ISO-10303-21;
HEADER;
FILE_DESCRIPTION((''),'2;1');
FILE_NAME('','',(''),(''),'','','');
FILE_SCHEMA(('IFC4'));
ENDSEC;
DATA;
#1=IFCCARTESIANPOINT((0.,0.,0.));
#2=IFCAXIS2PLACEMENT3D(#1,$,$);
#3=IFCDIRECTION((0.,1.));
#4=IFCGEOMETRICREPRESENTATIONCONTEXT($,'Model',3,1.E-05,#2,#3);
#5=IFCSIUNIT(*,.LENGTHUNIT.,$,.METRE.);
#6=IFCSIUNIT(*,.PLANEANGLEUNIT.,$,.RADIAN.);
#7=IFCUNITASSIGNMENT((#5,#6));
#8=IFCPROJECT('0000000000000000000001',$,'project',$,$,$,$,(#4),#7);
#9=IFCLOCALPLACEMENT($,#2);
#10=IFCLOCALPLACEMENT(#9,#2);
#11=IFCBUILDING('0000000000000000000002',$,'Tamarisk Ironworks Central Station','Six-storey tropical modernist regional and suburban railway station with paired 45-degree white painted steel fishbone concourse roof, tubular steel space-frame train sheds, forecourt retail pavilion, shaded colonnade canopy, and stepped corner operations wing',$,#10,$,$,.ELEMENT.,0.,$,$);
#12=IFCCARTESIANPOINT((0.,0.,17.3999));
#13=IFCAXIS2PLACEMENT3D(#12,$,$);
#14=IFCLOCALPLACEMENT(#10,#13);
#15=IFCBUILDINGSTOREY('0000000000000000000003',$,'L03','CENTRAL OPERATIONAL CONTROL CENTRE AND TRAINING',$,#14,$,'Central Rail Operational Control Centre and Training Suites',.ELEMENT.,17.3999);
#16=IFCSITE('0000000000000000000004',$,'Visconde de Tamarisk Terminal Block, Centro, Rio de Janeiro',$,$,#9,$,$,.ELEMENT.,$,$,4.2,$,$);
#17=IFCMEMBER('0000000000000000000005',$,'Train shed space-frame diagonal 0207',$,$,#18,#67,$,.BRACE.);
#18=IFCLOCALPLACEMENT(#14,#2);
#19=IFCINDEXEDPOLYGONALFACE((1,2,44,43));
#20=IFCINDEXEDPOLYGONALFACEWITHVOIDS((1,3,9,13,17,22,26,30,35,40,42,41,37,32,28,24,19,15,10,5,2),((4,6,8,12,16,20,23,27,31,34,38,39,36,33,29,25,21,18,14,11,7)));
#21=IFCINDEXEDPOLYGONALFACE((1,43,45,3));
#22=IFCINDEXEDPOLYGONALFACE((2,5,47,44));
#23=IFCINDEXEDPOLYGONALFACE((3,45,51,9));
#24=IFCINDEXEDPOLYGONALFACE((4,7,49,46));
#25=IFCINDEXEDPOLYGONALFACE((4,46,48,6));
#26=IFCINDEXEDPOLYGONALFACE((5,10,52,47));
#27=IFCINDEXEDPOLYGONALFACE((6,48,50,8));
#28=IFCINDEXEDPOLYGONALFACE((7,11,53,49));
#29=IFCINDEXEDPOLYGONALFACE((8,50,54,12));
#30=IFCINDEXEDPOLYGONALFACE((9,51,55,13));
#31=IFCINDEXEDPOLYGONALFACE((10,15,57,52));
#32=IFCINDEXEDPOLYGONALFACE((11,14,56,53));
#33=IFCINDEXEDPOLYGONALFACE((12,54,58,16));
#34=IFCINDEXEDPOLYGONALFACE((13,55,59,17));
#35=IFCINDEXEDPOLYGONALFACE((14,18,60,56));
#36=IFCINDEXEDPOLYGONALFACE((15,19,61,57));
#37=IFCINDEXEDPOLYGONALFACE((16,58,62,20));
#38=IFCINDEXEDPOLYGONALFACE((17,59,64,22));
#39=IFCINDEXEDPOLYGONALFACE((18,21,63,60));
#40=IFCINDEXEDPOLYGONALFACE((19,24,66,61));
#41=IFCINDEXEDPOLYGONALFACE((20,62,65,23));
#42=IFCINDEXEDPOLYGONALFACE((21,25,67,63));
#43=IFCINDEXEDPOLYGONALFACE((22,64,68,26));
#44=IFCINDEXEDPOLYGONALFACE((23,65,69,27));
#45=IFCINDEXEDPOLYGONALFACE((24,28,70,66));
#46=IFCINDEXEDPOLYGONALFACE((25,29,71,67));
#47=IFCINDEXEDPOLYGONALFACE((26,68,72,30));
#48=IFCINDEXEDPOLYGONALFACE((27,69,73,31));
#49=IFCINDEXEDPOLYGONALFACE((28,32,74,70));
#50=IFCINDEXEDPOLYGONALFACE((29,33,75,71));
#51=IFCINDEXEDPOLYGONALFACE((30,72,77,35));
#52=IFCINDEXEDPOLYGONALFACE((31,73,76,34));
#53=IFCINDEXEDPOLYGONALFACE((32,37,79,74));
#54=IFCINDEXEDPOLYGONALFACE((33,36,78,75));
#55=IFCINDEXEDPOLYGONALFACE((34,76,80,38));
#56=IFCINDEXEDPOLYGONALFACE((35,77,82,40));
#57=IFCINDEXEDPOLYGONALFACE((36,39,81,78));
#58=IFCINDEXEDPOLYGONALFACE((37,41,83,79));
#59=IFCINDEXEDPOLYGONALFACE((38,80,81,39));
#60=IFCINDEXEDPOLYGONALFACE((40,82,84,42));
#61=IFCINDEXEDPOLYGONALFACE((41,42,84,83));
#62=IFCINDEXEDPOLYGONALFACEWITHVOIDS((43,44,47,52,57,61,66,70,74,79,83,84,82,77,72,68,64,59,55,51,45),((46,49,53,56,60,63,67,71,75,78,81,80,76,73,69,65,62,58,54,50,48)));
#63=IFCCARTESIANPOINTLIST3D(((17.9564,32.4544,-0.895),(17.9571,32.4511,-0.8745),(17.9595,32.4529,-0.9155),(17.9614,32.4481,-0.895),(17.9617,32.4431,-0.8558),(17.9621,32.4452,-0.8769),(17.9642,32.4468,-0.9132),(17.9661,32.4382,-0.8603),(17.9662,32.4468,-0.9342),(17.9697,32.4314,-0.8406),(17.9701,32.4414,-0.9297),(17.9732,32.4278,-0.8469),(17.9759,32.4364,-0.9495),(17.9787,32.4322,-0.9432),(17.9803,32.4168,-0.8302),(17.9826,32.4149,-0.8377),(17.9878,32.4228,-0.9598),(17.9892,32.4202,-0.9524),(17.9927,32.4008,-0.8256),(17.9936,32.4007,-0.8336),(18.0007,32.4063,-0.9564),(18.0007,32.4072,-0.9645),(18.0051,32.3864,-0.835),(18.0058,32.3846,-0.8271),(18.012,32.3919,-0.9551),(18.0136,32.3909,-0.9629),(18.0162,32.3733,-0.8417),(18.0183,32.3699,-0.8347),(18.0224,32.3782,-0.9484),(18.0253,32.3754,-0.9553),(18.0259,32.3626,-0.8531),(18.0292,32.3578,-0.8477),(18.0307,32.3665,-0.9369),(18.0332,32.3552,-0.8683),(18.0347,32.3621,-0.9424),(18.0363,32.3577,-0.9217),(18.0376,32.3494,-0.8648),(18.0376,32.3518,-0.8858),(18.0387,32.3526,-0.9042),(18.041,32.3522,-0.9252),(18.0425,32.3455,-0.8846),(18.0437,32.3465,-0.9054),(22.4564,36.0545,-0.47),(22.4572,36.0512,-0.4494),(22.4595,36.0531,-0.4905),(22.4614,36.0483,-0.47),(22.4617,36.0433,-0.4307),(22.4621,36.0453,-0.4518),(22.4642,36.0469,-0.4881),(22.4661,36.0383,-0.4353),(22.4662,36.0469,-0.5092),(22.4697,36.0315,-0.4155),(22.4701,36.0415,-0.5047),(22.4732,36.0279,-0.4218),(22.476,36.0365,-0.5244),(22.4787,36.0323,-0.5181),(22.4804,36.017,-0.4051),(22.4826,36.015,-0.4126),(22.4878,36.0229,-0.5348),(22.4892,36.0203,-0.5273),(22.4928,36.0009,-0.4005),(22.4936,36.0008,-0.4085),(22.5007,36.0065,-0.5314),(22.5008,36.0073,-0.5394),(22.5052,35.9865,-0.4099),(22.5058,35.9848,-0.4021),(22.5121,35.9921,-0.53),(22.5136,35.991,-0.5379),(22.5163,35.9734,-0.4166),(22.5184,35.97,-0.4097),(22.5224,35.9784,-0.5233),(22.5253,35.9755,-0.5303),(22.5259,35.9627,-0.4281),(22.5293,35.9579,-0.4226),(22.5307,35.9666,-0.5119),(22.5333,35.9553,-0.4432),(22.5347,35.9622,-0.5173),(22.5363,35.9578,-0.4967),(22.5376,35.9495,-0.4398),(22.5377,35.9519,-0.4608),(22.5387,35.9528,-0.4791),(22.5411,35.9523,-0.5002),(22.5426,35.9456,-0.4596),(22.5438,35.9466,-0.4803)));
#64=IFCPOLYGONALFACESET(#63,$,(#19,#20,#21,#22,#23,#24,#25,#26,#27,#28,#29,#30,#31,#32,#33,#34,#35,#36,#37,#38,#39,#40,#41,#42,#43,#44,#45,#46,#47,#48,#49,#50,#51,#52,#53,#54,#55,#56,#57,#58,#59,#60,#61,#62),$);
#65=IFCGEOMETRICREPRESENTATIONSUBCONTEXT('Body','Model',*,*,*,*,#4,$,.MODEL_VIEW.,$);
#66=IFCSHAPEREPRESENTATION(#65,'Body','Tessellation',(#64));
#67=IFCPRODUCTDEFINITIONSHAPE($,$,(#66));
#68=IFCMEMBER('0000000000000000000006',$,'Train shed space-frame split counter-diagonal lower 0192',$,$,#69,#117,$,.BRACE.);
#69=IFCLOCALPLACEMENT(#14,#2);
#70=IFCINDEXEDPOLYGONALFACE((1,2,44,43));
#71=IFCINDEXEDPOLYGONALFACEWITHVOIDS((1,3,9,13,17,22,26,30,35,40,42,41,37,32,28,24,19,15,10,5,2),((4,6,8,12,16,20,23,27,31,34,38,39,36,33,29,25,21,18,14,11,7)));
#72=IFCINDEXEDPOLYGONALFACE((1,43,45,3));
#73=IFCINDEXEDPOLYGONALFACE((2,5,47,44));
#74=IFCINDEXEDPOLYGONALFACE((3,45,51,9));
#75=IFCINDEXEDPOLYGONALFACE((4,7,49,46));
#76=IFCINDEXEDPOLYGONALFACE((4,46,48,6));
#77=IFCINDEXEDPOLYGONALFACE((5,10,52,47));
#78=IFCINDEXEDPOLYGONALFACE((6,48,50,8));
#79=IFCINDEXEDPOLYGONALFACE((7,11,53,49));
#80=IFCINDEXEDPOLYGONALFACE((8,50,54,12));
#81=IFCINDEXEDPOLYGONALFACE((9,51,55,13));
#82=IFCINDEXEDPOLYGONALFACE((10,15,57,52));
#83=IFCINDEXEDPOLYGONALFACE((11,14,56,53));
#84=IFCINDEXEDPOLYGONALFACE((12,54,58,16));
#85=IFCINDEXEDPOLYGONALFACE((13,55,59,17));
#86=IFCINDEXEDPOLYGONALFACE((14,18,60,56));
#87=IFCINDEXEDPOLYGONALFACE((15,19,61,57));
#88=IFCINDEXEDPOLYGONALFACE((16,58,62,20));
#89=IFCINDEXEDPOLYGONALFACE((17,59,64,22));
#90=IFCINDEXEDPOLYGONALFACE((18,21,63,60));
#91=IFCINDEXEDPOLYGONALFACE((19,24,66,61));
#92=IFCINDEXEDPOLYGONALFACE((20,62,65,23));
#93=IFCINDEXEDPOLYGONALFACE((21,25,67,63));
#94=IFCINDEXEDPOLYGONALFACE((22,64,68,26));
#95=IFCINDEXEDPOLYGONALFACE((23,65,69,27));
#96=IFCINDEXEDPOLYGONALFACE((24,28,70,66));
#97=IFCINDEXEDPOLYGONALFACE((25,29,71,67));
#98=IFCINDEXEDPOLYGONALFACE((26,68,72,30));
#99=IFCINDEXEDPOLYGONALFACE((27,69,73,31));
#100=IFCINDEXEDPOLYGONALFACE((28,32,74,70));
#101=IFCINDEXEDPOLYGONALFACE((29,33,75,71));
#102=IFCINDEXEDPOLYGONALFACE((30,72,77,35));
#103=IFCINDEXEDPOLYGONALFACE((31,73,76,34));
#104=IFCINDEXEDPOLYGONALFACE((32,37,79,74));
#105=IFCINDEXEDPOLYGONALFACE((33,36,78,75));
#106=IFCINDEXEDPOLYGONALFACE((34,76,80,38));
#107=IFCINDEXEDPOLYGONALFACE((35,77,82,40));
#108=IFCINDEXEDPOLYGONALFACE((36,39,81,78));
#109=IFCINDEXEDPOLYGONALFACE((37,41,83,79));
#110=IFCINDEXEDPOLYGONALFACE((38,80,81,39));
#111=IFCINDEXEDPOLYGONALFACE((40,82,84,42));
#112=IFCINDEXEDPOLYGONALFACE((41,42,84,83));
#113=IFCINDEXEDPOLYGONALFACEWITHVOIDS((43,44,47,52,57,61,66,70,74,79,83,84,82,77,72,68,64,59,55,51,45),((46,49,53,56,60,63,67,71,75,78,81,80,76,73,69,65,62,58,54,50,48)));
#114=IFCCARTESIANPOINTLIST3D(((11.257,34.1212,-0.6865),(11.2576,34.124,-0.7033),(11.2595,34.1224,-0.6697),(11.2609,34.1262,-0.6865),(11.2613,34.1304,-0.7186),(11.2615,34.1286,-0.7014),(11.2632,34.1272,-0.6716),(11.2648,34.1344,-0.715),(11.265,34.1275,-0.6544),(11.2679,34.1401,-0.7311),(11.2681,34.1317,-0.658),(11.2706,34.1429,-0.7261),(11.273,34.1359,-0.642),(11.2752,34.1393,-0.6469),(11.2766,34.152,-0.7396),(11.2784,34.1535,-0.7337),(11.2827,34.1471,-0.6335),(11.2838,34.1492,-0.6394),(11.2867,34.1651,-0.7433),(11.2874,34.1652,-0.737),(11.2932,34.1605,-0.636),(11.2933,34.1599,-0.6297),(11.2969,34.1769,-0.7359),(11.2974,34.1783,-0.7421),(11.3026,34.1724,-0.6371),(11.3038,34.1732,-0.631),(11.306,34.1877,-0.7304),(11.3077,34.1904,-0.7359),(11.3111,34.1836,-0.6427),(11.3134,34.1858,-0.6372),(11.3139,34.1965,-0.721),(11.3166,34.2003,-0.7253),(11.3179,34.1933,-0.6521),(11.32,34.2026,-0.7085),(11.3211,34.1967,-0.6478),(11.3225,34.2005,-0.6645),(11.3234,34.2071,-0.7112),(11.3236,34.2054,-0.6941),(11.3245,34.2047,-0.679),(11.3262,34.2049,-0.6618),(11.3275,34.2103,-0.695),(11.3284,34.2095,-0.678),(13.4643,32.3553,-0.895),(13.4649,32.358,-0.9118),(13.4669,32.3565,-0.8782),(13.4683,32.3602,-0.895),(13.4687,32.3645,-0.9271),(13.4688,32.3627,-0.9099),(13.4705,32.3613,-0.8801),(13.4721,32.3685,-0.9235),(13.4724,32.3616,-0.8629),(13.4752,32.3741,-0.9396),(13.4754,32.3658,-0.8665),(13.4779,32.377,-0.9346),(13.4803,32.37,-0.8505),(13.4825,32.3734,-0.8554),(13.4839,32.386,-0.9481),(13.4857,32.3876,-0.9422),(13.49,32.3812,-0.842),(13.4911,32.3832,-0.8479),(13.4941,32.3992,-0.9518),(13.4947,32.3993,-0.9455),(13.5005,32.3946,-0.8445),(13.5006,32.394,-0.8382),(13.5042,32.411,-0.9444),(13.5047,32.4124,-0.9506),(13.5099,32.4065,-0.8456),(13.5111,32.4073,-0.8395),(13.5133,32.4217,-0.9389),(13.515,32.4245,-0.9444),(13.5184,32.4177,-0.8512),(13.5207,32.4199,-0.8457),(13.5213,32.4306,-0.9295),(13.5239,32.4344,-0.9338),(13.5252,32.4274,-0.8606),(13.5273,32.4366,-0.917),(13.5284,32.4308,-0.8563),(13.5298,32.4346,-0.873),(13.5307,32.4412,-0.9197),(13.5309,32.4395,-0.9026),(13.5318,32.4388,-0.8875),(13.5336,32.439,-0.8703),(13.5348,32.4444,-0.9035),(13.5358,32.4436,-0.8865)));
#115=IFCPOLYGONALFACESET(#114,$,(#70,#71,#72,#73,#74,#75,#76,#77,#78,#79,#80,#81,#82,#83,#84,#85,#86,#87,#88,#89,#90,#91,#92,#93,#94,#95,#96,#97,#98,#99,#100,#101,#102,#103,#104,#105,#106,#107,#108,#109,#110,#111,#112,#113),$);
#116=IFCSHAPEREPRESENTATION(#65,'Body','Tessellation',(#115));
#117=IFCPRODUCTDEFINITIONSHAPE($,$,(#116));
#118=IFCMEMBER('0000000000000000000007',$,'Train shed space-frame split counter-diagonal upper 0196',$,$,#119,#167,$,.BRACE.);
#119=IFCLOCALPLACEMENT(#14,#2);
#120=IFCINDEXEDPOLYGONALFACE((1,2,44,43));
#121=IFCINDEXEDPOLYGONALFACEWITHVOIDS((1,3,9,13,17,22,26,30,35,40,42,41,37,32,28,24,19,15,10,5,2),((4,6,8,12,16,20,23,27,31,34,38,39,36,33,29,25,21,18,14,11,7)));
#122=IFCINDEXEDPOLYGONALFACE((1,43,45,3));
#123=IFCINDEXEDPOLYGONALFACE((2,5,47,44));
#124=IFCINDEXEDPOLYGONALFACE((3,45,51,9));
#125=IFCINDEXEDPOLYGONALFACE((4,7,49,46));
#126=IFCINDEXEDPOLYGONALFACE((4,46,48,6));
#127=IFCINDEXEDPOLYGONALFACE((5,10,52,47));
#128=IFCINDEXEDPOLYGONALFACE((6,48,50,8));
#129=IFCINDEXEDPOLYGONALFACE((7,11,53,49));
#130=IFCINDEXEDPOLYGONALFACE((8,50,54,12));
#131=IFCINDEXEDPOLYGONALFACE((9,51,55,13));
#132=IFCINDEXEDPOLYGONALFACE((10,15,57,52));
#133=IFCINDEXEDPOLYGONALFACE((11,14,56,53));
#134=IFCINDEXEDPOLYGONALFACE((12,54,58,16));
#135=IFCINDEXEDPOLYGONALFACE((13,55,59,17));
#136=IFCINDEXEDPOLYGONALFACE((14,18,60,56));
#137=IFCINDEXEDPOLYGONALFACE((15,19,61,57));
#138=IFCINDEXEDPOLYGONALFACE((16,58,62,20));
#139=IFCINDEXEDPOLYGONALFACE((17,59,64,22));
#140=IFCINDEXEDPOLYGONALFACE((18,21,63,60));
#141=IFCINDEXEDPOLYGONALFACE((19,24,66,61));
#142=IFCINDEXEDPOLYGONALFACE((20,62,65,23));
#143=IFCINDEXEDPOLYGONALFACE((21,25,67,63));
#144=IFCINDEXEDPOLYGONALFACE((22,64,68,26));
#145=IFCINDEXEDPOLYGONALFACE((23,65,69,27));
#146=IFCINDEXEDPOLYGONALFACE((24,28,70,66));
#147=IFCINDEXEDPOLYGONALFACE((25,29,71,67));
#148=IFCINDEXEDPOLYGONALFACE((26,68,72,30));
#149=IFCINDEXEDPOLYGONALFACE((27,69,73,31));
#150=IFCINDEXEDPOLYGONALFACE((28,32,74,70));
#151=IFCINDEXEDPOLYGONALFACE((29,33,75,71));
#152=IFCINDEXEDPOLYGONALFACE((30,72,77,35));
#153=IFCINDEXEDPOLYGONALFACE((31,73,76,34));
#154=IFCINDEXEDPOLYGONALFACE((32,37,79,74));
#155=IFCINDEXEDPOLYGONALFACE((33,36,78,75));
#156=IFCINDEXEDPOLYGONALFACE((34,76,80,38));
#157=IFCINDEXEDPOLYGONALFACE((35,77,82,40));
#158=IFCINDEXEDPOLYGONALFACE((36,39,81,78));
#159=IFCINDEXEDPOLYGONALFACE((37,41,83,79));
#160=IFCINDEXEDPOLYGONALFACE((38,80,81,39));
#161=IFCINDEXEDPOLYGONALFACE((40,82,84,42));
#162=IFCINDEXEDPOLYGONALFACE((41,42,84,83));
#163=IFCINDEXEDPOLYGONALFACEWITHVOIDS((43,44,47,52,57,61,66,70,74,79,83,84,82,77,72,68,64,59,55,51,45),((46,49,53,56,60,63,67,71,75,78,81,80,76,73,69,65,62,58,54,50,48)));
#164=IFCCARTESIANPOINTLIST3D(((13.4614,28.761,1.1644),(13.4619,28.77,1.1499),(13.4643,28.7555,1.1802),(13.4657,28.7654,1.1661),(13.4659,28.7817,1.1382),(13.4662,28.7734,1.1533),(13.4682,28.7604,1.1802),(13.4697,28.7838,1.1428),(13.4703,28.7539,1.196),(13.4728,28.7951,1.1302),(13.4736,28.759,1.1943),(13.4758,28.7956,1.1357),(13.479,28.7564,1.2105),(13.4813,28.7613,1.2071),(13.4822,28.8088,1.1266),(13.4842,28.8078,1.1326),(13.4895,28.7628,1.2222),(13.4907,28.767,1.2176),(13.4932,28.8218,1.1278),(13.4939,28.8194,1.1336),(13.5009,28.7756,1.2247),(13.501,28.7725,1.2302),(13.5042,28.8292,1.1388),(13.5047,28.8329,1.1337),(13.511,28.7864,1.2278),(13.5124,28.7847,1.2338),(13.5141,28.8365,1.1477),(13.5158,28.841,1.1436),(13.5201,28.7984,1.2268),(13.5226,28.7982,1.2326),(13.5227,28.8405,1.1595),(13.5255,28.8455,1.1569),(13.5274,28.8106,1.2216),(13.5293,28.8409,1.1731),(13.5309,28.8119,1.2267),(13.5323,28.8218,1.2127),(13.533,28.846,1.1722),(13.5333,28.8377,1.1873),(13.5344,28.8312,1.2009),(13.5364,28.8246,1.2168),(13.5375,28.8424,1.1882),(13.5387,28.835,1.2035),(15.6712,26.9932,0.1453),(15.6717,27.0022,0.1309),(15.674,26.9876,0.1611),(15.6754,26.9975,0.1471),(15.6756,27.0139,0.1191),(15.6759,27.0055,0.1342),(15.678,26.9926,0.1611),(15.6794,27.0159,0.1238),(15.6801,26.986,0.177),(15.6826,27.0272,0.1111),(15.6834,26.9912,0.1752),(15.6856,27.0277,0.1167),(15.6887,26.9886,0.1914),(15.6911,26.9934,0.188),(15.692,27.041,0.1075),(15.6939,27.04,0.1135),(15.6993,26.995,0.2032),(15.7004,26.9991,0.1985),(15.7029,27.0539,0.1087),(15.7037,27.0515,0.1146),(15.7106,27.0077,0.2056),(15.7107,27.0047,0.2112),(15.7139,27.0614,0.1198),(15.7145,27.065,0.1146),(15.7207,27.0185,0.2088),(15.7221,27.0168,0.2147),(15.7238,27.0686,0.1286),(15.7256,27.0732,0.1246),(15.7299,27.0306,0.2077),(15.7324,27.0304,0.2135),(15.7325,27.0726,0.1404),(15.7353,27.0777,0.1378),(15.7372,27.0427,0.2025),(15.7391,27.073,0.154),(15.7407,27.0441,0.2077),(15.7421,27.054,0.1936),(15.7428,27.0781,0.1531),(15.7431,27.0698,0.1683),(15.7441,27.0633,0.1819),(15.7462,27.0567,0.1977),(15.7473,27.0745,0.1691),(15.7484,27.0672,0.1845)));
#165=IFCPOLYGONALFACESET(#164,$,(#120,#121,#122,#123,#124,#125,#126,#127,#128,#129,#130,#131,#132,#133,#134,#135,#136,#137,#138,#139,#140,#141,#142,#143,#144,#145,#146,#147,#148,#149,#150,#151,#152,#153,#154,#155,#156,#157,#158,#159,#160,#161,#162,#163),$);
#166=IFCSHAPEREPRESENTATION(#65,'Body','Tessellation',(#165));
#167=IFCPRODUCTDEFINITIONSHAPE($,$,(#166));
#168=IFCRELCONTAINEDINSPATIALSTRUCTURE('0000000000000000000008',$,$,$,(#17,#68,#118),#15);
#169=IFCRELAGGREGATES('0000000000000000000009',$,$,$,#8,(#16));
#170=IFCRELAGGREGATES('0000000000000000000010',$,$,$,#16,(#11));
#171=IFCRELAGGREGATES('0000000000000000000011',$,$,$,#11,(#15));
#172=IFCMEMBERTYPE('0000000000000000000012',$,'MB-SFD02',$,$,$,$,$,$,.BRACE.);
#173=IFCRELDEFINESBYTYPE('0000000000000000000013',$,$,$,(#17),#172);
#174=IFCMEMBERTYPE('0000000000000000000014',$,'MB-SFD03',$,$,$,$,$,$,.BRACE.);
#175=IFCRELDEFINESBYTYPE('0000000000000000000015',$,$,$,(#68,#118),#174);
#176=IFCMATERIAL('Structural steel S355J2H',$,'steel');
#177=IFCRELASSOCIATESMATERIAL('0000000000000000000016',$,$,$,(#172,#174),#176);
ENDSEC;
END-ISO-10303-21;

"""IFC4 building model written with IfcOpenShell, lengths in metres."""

from ifc_helpers import new_model, si_unit, direction, frame, origin, origin_2d, place, context, subcontext, project, spatial, hollow_circle, extrude, material, material_profile, profile_set, type_object, element, save


model = new_model("IFC4")

# Units and contexts
model_context = context("Model", 3, precision=1e-05, world=origin(), true_north=direction((0.0, 1.0)))
body_context = subcontext(model_context, "Body", "Model", "MODEL_VIEW")
ifc_project = project(units=[si_unit("LENGTHUNIT", "METRE"), si_unit("PLANEANGLEUNIT", "RADIAN")], contexts=[model_context])

# Site, building, storey
site_placement = place(None, origin())
site = spatial("IfcSite", under=ifc_project, at=site_placement, Name="Visconde de Tamarisk Terminal Block, Centro, Rio de Janeiro", CompositionType="ELEMENT", RefElevation=4.2)
building_placement = place(site_placement, origin())
building = spatial("IfcBuilding", under=site, at=building_placement, Name="Tamarisk Ironworks Central Station", Description="Six-storey tropical modernist regional and suburban railway station with paired 45-degree white painted steel fishbone concourse roof, tubular steel space-frame train sheds, forecourt retail pavilion, shaded colonnade canopy, and stepped corner operations wing", CompositionType="ELEMENT", ElevationOfRefHeight=0.0)
storey_placement = place(building_placement, frame((0.0, 0.0, 17.3999)))
storey = spatial("IfcBuildingStorey", under=building, at=storey_placement, Name="L03", Description="CENTRAL OPERATIONAL CONTROL CENTRE AND TRAINING", LongName="Central Rail Operational Control Centre and Training Suites", CompositionType="ELEMENT", Elevation=17.3999)

# Members
ifc_material = material(Name="Structural steel S355J2H", Category="steel")
ifc_material_profile_1 = material_profile(ifc_material, hollow_circle(Radius=0.0698, WallThickness=0.0081, at=origin_2d()), Name="CHS 139.7x8")
ifc_profile_set_1 = profile_set([ifc_material_profile_1], Name="Structural steel S355J2H")
member_type_1 = type_object("IfcMemberType", Name="MB-SFD02", PredefinedType="BRACE", material=ifc_profile_set_1)
member_1_placement = place(storey_placement, frame((18.0, 32.3999, -0.895), z_axis=(0.778745, 0.623013, 0.073557), x_axis=(-0.624705, 0.780861, 0.0)))
element("IfcMember", 1, at=member_1_placement, inside=storey, type_object=member_type_1, Name="Train shed space-frame diagonal 0207", PredefinedType="BRACE", context=body_context, shape_type="SweptSolid", body=[
    extrude(hollow_circle(Radius=0.0698, WallThickness=0.0081, at=origin_2d()), origin(), (0.0, 0.0, 1.0), 5.7786),
])
ifc_material_profile_2 = material_profile(ifc_material, hollow_circle(Radius=0.0571, WallThickness=0.0063, at=origin_2d()), Name="CHS 114.3x6.3")
ifc_profile_set_2 = profile_set([ifc_material_profile_2], Name="Structural steel S355J2H")
member_type_2 = type_object("IfcMemberType", Name="MB-SFD03", PredefinedType="BRACE", material=ifc_profile_set_2)
member_2_placement = place(storey_placement, frame((13.5, 32.3999, -0.895), z_axis=(-0.778745, 0.623013, 0.073559), x_axis=(-0.624706, -0.78086, 0.0)))
element("IfcMember", 2, at=member_2_placement, inside=storey, type_object=member_type_2, Name="Train shed space-frame split counter-diagonal lower 0192", PredefinedType="BRACE", context=body_context, shape_type="SweptSolid", body=[
    extrude(hollow_circle(Radius=0.0571, WallThickness=0.0063, at=origin_2d()), origin(), (0.0, 0.0, 1.0), 2.8345),
])
member_3_placement = place(storey_placement, frame((15.7097, 27.0322, 0.1611), z_axis=(-0.734677, 0.587758, 0.338807), x_axis=(-0.624706, -0.78086, 0.0)))
element("IfcMember", 3, at=member_3_placement, inside=storey, type_object=member_type_2, Name="Train shed space-frame split counter-diagonal upper 0196", PredefinedType="BRACE", context=body_context, shape_type="SweptSolid", body=[
    extrude(hollow_circle(Radius=0.0571, WallThickness=0.0063, at=origin_2d()), origin(), (0.0, 0.0, 1.0), 3.0078),
])

save(model, "model.ifc")
